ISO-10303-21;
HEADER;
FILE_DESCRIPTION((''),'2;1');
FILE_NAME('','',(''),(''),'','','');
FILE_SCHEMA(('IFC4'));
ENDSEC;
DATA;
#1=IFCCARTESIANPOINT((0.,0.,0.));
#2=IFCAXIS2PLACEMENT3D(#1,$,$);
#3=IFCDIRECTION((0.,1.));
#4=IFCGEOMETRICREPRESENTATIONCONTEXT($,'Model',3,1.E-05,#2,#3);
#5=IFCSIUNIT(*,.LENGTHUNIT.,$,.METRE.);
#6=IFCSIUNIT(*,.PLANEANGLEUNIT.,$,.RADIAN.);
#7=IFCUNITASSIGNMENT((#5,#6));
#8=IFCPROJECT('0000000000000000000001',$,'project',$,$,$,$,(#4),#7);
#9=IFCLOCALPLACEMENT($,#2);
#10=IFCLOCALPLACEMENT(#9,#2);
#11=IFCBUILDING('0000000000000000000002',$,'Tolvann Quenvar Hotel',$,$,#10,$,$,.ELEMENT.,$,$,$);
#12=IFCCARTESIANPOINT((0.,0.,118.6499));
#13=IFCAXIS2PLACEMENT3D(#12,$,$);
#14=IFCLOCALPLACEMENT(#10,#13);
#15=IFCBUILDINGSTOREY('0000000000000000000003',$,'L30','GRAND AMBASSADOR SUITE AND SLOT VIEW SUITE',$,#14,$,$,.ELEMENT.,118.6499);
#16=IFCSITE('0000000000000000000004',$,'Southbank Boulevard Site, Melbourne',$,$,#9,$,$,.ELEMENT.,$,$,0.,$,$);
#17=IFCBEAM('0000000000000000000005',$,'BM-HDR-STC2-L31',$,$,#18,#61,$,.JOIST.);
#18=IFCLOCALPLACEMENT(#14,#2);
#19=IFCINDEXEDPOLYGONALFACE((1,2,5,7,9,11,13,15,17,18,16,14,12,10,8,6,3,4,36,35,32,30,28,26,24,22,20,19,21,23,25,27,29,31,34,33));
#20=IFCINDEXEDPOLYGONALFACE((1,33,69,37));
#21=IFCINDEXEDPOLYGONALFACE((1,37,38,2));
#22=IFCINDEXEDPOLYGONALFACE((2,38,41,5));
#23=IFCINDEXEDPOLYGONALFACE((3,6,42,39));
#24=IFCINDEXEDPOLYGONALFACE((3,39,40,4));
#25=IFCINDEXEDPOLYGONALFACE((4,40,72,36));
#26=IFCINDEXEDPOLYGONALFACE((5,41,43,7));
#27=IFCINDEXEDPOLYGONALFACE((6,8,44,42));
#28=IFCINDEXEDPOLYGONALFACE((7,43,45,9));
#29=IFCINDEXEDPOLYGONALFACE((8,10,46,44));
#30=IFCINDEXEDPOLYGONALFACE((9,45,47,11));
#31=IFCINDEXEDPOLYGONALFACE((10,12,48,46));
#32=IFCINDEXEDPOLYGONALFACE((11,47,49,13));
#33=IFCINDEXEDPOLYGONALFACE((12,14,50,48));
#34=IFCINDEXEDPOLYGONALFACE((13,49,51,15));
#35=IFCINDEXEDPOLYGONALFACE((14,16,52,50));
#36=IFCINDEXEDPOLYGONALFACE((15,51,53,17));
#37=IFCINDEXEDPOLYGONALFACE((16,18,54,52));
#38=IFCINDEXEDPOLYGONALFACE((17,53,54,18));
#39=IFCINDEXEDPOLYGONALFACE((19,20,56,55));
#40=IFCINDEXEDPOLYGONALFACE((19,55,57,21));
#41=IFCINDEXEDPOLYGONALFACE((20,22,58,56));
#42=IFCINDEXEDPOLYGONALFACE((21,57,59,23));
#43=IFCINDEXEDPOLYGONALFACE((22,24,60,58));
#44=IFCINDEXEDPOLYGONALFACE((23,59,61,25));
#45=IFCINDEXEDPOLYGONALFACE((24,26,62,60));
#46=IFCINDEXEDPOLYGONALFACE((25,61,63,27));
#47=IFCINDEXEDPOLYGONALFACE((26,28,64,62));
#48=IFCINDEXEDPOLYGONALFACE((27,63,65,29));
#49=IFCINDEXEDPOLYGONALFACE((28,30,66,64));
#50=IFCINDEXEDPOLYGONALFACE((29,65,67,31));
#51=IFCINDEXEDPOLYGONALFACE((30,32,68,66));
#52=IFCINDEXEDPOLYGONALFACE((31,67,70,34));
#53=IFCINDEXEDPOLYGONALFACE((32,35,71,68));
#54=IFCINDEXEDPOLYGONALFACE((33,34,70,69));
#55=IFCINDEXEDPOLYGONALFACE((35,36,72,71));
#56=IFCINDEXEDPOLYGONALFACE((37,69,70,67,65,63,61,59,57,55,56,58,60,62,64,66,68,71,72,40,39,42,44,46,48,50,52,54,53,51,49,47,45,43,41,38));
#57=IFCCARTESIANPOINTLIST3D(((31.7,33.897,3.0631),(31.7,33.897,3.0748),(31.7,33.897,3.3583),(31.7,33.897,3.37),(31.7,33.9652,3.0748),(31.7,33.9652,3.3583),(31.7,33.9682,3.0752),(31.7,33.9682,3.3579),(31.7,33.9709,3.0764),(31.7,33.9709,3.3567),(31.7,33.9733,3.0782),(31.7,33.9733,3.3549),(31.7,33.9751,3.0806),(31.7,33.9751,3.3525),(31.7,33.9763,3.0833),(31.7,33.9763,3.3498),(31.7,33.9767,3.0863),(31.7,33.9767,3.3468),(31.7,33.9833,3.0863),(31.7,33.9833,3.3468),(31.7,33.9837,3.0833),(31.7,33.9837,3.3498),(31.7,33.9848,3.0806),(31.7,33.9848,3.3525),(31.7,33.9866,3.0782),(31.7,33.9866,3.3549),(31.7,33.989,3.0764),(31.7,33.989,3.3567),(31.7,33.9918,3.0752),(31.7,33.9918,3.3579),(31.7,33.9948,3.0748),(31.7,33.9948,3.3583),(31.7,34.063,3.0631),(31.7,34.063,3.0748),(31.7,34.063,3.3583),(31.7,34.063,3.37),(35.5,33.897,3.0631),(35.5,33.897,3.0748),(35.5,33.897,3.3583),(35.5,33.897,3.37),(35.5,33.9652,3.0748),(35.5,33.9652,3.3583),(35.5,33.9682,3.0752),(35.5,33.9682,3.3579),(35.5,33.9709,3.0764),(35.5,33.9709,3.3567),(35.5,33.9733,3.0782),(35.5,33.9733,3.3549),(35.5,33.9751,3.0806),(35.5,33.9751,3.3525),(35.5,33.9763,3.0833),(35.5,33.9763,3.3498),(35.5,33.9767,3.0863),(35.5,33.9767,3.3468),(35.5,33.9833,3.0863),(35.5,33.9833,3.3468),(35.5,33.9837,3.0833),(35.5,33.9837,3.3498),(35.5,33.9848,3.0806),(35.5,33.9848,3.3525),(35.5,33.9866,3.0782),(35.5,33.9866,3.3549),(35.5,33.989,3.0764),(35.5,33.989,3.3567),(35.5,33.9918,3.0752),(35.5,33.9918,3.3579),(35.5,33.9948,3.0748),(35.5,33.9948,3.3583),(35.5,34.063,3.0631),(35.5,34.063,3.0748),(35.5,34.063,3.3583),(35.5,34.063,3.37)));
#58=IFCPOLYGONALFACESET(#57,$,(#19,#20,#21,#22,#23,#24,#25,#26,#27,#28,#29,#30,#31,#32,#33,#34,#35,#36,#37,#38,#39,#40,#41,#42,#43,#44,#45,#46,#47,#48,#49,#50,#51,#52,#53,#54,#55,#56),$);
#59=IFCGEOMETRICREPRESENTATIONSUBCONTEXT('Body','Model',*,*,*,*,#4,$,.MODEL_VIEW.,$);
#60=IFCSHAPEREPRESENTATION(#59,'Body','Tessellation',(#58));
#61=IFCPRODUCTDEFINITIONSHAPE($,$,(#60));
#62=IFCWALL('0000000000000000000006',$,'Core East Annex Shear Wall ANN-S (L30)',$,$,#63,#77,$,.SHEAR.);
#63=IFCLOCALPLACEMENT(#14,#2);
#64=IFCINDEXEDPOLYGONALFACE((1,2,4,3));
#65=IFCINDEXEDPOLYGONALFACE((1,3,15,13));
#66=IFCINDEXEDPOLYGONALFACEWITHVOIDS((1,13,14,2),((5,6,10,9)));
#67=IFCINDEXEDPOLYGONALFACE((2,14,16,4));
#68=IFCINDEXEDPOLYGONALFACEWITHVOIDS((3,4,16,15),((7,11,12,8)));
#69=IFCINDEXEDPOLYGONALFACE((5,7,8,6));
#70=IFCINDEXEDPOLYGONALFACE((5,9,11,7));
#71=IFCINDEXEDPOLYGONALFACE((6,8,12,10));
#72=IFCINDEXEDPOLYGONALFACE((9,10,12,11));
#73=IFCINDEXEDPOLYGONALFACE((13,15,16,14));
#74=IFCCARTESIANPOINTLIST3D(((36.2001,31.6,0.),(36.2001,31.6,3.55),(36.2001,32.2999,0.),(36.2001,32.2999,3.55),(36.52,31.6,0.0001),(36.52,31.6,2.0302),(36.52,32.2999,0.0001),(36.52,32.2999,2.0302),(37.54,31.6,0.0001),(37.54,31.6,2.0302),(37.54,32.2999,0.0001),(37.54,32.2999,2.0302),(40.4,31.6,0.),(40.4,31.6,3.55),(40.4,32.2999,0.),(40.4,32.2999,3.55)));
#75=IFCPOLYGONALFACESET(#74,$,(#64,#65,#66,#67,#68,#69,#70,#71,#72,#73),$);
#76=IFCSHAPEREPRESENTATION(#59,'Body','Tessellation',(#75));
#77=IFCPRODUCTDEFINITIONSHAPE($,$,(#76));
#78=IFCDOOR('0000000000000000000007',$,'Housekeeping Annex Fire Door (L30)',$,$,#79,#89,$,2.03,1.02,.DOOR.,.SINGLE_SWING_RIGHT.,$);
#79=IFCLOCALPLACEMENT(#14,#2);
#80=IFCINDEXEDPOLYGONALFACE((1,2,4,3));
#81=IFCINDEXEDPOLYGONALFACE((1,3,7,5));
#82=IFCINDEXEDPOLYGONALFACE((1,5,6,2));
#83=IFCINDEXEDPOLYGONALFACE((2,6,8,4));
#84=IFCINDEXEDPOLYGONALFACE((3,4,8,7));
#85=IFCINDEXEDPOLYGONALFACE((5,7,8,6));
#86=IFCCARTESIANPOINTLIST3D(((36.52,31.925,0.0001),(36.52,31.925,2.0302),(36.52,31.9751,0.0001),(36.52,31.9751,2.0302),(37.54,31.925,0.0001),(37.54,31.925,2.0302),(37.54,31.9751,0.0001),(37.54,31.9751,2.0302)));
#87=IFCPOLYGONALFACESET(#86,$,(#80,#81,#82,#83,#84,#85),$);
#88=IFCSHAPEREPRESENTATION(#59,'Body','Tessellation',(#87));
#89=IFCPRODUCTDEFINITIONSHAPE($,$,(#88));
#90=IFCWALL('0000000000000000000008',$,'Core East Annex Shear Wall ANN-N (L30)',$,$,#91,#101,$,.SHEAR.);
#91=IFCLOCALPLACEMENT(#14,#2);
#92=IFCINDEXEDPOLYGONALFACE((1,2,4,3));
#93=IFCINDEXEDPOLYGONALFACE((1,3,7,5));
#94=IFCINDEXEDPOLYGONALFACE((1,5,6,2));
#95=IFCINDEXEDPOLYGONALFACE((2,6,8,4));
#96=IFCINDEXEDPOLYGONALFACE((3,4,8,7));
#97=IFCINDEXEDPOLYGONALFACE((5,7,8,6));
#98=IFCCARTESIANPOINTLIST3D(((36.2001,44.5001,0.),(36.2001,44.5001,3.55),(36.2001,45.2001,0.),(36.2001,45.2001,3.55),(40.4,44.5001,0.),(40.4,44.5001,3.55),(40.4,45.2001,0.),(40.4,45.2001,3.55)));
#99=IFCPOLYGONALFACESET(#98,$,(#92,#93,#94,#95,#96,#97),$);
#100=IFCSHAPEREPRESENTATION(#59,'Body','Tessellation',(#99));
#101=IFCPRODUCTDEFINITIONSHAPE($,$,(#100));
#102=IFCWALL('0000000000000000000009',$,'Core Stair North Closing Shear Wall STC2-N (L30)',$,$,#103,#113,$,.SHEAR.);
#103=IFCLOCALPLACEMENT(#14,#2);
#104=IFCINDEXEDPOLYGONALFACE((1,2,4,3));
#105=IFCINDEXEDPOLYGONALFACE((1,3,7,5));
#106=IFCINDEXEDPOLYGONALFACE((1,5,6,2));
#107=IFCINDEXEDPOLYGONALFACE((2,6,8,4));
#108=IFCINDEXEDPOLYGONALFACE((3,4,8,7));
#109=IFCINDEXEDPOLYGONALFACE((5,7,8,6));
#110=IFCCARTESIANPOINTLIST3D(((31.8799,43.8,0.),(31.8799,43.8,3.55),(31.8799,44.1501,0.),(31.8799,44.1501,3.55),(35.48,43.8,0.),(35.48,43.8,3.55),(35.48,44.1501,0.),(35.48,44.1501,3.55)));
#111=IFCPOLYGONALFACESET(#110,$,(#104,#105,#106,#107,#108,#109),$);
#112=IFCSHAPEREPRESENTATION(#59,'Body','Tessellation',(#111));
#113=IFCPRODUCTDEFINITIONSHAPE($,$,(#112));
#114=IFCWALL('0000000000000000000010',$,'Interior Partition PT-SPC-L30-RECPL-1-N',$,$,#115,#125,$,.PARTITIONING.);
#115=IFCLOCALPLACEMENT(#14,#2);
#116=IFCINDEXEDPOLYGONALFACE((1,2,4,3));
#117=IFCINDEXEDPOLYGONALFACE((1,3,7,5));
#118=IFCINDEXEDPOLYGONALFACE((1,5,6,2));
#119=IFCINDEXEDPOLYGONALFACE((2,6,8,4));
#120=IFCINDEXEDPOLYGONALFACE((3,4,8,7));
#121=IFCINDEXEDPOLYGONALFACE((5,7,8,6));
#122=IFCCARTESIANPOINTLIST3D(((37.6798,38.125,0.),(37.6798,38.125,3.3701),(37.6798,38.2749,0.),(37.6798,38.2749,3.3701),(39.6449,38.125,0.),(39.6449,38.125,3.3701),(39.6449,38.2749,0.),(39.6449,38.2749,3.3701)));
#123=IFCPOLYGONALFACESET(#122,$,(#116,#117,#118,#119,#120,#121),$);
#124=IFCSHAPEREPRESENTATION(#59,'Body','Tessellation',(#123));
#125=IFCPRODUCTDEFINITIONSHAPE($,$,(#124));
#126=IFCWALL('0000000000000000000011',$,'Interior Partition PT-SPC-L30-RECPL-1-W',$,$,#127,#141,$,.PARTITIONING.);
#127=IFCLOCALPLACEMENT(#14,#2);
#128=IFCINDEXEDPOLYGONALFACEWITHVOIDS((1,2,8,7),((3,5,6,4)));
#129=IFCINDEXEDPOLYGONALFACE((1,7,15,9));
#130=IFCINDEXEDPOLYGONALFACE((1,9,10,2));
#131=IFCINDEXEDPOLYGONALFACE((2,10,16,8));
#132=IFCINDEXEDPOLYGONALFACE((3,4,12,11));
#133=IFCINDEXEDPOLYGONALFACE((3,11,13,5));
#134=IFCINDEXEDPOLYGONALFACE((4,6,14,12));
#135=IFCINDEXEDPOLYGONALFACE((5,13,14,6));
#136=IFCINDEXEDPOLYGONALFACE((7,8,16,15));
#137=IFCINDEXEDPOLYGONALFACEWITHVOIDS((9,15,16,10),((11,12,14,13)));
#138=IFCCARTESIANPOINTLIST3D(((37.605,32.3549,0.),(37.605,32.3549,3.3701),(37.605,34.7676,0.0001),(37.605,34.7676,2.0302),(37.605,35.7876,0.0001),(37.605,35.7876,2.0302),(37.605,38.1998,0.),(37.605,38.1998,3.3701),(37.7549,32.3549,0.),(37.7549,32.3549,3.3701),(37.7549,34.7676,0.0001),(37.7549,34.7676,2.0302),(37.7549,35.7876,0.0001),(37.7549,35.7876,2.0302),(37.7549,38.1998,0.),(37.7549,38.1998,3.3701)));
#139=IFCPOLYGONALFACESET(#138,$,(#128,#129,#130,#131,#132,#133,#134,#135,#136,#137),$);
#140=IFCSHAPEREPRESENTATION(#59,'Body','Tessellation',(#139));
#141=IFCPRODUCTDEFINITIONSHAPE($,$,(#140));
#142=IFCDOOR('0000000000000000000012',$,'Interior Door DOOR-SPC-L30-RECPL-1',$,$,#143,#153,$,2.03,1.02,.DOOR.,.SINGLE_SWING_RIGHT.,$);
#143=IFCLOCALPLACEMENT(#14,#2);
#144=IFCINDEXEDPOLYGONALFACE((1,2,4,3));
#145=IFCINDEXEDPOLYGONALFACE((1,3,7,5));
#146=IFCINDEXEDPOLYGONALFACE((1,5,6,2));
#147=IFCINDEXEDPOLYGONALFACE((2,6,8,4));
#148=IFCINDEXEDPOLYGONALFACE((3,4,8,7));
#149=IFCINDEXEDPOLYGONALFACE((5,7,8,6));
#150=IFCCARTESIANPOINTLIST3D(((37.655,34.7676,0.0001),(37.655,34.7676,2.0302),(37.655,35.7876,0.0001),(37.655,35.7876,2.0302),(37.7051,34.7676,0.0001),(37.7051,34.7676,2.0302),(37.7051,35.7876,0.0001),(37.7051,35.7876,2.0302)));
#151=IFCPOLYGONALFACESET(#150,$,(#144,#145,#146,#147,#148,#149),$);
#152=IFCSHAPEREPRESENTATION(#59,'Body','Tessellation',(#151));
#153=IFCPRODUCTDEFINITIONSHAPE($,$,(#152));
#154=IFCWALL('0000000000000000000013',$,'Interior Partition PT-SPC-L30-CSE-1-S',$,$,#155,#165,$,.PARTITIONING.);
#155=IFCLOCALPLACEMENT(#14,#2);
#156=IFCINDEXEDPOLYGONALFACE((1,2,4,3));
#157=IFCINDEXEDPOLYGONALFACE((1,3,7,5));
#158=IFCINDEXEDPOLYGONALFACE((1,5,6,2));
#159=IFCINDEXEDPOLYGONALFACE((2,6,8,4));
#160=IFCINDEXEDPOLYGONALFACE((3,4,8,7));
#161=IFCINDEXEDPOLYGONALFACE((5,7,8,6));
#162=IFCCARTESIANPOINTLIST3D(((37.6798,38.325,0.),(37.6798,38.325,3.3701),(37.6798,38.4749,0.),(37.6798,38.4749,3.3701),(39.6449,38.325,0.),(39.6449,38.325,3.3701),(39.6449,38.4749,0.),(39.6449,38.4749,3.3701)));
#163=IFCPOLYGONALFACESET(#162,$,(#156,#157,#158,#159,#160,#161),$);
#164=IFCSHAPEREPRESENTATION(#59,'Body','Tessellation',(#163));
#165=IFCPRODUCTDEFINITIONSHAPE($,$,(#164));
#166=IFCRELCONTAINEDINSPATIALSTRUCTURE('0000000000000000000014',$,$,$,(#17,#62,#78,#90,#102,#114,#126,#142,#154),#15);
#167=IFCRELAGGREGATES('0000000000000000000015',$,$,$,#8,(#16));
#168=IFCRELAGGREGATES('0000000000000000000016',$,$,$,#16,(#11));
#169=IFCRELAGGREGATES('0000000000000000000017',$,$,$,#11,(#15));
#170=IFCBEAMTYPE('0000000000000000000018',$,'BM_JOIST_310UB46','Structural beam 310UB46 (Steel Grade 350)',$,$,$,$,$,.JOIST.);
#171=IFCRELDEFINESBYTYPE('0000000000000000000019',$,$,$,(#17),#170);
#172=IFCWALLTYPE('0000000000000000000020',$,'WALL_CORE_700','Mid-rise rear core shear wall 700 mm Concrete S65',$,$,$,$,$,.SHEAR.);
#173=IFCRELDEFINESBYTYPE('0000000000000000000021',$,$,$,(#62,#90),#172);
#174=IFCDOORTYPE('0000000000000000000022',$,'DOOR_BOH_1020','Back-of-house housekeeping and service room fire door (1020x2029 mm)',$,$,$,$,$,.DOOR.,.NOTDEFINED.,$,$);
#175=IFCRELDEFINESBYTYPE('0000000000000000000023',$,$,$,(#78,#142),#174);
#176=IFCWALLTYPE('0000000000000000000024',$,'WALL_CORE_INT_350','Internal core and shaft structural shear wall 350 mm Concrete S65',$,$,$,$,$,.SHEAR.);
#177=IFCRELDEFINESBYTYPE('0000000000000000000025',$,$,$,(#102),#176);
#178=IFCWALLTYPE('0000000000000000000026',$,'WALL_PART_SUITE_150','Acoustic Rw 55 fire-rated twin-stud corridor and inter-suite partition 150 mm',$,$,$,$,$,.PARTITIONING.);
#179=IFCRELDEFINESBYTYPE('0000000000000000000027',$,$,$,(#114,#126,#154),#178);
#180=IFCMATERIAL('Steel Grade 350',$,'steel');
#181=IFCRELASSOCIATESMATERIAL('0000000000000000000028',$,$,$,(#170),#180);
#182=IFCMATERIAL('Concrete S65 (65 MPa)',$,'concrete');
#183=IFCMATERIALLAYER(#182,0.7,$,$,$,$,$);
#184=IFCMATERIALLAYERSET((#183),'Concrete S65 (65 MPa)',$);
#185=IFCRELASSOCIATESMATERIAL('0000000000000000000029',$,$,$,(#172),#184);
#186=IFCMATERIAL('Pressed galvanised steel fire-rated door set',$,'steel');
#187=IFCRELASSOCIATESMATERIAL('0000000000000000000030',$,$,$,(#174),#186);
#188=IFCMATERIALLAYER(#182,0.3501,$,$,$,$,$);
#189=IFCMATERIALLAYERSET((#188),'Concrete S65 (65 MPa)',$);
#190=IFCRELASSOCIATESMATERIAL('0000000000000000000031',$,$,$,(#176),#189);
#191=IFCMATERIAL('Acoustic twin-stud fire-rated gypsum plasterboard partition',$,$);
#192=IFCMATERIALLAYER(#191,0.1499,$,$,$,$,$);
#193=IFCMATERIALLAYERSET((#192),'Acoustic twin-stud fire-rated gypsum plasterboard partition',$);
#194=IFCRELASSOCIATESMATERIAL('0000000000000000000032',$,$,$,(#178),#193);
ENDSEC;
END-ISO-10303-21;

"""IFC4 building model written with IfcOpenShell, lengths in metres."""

from ifc_helpers import new_model, si_unit, direction, frame, frame_2d, origin, origin_2d, place, context, subcontext, project, spatial, rectangle, i_section, extrude, source, transform, mapped, material, layer, layer_set, material_profile, profile_set, type_object, type_shapes, element, fill, save


model = new_model("IFC4")

# Units and contexts
model_context = context("Model", 3, precision=1e-05, world=origin(), true_north=direction((0.0, 1.0)))
body_context = subcontext(model_context, "Body", "Model", "MODEL_VIEW")
ifc_project = project(units=[si_unit("LENGTHUNIT", "METRE"), si_unit("PLANEANGLEUNIT", "RADIAN")], contexts=[model_context])

# Site, building, storey
site_placement = place(None, origin())
site = spatial("IfcSite", under=ifc_project, at=site_placement, Name="Southbank Boulevard Site, Melbourne", CompositionType="ELEMENT", RefElevation=0.0)
building_placement = place(site_placement, origin())
building = spatial("IfcBuilding", under=site, at=building_placement, Name="Tolvann Quenvar Hotel", CompositionType="ELEMENT")
storey_placement = place(building_placement, frame((0.0, 0.0, 118.6499)))
storey = spatial("IfcBuildingStorey", under=building, at=storey_placement, Name="L30", Description="GRAND AMBASSADOR SUITE AND SLOT VIEW SUITE", CompositionType="ELEMENT", Elevation=118.6499)

# Beam
ifc_material_1 = material(Name="Steel Grade 350", Category="steel")
ifc_material_profile = material_profile(ifc_material_1, i_section(OverallWidth=0.166, OverallDepth=0.3069, WebThickness=0.0066, FlangeThickness=0.0117, FilletRadius=0.0115, at=origin_2d()), Name="310UB46")
ifc_profile_set = profile_set([ifc_material_profile], Name="Steel Grade 350")
beam_type = type_object("IfcBeamType", Name="BM_JOIST_310UB46", Description="Structural beam 310UB46 (Steel Grade 350)", PredefinedType="JOIST", material=ifc_profile_set)
shared_shape_1 = source(origin(), body_context, "Body", "SweptSolid", [
    extrude(i_section(OverallWidth=0.166, OverallDepth=0.3069, WebThickness=0.0066, FlangeThickness=0.0117, FilletRadius=0.0115, at=origin_2d()), origin(), (0.0, 0.0, 1.0), 3.8),
])
type_shapes(beam_type, [shared_shape_1])
beam_placement = place(storey_placement, frame((31.7, 33.98, 3.2166), z_axis=(1.0, 0.0, 0.0), x_axis=(0.0, 1.0, 0.0)))
element("IfcBeam", 1, at=beam_placement, inside=storey, type_object=beam_type, Name="BM-HDR-STC2-L31", PredefinedType="JOIST", context=body_context, shape_type="MappedRepresentation", body=[
    mapped(shared_shape_1, transform((0.0, 0.0, 0.0), x_axis=(1.0, 0.0, 0.0), y_axis=(0.0, 1.0, 0.0), z_axis=(0.0, 0.0, 1.0), scale=1.0)),
])

# Wall, opening, door
ifc_material_2 = material(Name="Concrete S65 (65 MPa)", Category="concrete")
ifc_layer_1 = layer(ifc_material_2, 0.7)
ifc_layer_set_1 = layer_set([ifc_layer_1], Name="Concrete S65 (65 MPa)")
wall_type_1 = type_object("IfcWallType", Name="WALL_CORE_700", Description="Mid-rise rear core shear wall 700 mm Concrete S65", PredefinedType="SHEAR", material=ifc_layer_set_1)
wall_1_placement = place(storey_placement, frame((36.2, 31.95, 0.0), z_axis=(0.0, 0.0, 1.0), x_axis=(1.0, 0.0, 0.0)))
wall_1 = element("IfcWall", 2, at=wall_1_placement, inside=storey, type_object=wall_type_1, Name="Core East Annex Shear Wall ANN-S (L30)", PredefinedType="SHEAR", context=body_context, shape_type="SweptSolid", body=[
    extrude(rectangle(XDim=4.2, YDim=0.7, at=frame_2d((2.1001, 0.0))), origin(), (0.0, 0.0, 1.0), 3.55),
])
opening_1_placement = place(wall_1_placement, frame((1.3401, 0.0, 0.0), z_axis=(0.0, 0.0, 1.0), x_axis=(-1.0, 0.0, 0.0)))
opening_1 = element("IfcOpeningElement", 3, at=opening_1_placement, cuts=wall_1, PredefinedType="OPENING", context=body_context, shape_type="SweptSolid", body=[
    extrude(rectangle(XDim=1.02, YDim=2.03, at=frame_2d((0.51, 1.0151))), frame((0.0, 0.3599, 0.0), z_axis=(0.0, -1.0, 0.0), x_axis=(1.0, 0.0, 0.0)), (0.0, 0.0, 1.0), 0.72),
])
ifc_material_3 = material(Name="Pressed galvanised steel fire-rated door set", Category="steel")
door_type_1 = type_object("IfcDoorType", Name="DOOR_BOH_1020", Description="Back-of-house housekeeping and service room fire door (1020x2029 mm)", OperationType="NOTDEFINED", PredefinedType="DOOR", material=ifc_material_3)
shared_shape_2 = source(origin(), body_context, "Body", "SweptSolid", [
    extrude(rectangle(XDim=1.02, YDim=2.03, at=frame_2d((0.51, 1.0151))), frame((0.0, 0.0249, 0.0), z_axis=(0.0, -1.0, 0.0), x_axis=(1.0, 0.0, 0.0)), (0.0, 0.0, 1.0), 0.05),
])
type_shapes(door_type_1, [shared_shape_2])
door_1_placement = place(opening_1_placement, origin())
door_1 = element("IfcDoor", 4, at=door_1_placement, inside=storey, type_object=door_type_1, Name="Housekeeping Annex Fire Door (L30)", OperationType="SINGLE_SWING_RIGHT", OverallHeight=2.03, OverallWidth=1.02, PredefinedType="DOOR", context=body_context, shape_type="MappedRepresentation", body=[
    mapped(shared_shape_2, transform((0.0, 0.0, 0.0), x_axis=(1.0, 0.0, 0.0), y_axis=(0.0, 1.0, 0.0), z_axis=(0.0, 0.0, 1.0), scale=1.0)),
])
fill(opening_1, door_1)

# Walls
wall_2_placement = place(storey_placement, frame((36.2, 44.8501, 0.0), z_axis=(0.0, 0.0, 1.0), x_axis=(1.0, 0.0, 0.0)))
element("IfcWall", 5, at=wall_2_placement, inside=storey, type_object=wall_type_1, Name="Core East Annex Shear Wall ANN-N (L30)", PredefinedType="SHEAR", context=body_context, shape_type="SweptSolid", body=[
    extrude(rectangle(XDim=4.2, YDim=0.7, at=frame_2d((2.1001, 0.0))), origin(), (0.0, 0.0, 1.0), 3.55),
])
ifc_layer_2 = layer(ifc_material_2, 0.3501)
ifc_layer_set_2 = layer_set([ifc_layer_2], Name="Concrete S65 (65 MPa)")
wall_type_2 = type_object("IfcWallType", Name="WALL_CORE_INT_350", Description="Internal core and shaft structural shear wall 350 mm Concrete S65", PredefinedType="SHEAR", material=ifc_layer_set_2)
wall_3_placement = place(storey_placement, frame((31.8799, 43.9751, 0.0), z_axis=(0.0, 0.0, 1.0), x_axis=(1.0, 0.0, 0.0)))
element("IfcWall", 6, at=wall_3_placement, inside=storey, type_object=wall_type_2, Name="Core Stair North Closing Shear Wall STC2-N (L30)", PredefinedType="SHEAR", context=body_context, shape_type="SweptSolid", body=[
    extrude(rectangle(XDim=3.6001, YDim=0.3501, at=frame_2d((1.8, 0.0))), origin(), (0.0, 0.0, 1.0), 3.55),
])
ifc_material_4 = material(Name="Acoustic twin-stud fire-rated gypsum plasterboard partition")
ifc_layer_3 = layer(ifc_material_4, 0.1499)
ifc_layer_set_3 = layer_set([ifc_layer_3], Name="Acoustic twin-stud fire-rated gypsum plasterboard partition")
wall_type_3 = type_object("IfcWallType", Name="WALL_PART_SUITE_150", Description="Acoustic Rw 55 fire-rated twin-stud corridor and inter-suite partition 150 mm", PredefinedType="PARTITIONING", material=ifc_layer_set_3)
wall_4_placement = place(storey_placement, frame((37.6799, 38.2, 0.0), z_axis=(0.0, 0.0, 1.0), x_axis=(1.0, 0.0, 0.0)))
element("IfcWall", 7, at=wall_4_placement, inside=storey, type_object=wall_type_3, Name="Interior Partition PT-SPC-L30-RECPL-1-N", PredefinedType="PARTITIONING", context=body_context, shape_type="SweptSolid", body=[
    extrude(rectangle(XDim=1.9651, YDim=0.1499, at=frame_2d((0.9824, 0.0))), origin(), (0.0, 0.0, 1.0), 3.3701),
])

# Wall, opening, door
wall_5_placement = place(storey_placement, frame((37.6799, 32.355, 0.0), z_axis=(0.0, 0.0, 1.0), x_axis=(0.0, 1.0, 0.0)))
wall_5 = element("IfcWall", 8, at=wall_5_placement, inside=storey, type_object=wall_type_3, Name="Interior Partition PT-SPC-L30-RECPL-1-W", PredefinedType="PARTITIONING", context=body_context, shape_type="SweptSolid", body=[
    extrude(rectangle(XDim=5.845, YDim=0.1499, at=frame_2d((2.9224, 0.0))), origin(), (0.0, 0.0, 1.0), 3.3701),
])
opening_2_placement = place(wall_5_placement, frame((2.4126, 0.0, 0.0)))
opening_2 = element("IfcOpeningElement", 9, at=opening_2_placement, cuts=wall_5, PredefinedType="OPENING", context=body_context, shape_type="SweptSolid", body=[
    extrude(rectangle(XDim=1.02, YDim=2.03, at=frame_2d((0.51, 1.0151))), frame((0.0, 0.085, 0.0), z_axis=(0.0, -1.0, 0.0), x_axis=(1.0, 0.0, 0.0)), (0.0, 0.0, 1.0), 0.1699),
])
door_2_placement = place(opening_2_placement, origin())
door_2 = element("IfcDoor", 10, at=door_2_placement, inside=storey, type_object=door_type_1, Name="Interior Door DOOR-SPC-L30-RECPL-1", OperationType="SINGLE_SWING_RIGHT", OverallHeight=2.03, OverallWidth=1.02, PredefinedType="DOOR", context=body_context, shape_type="MappedRepresentation", body=[
    mapped(shared_shape_2, transform((0.0, 0.0, 0.0), x_axis=(1.0, 0.0, 0.0), y_axis=(0.0, 1.0, 0.0), z_axis=(0.0, 0.0, 1.0), scale=1.0)),
])
fill(opening_2, door_2)

# Wall
wall_6_placement = place(storey_placement, frame((37.6799, 38.3999, 0.0), z_axis=(0.0, 0.0, 1.0), x_axis=(1.0, 0.0, 0.0)))
element("IfcWall", 11, at=wall_6_placement, inside=storey, type_object=wall_type_3, Name="Interior Partition PT-SPC-L30-CSE-1-S", PredefinedType="PARTITIONING", context=body_context, shape_type="SweptSolid", body=[
    extrude(rectangle(XDim=1.9651, YDim=0.1499, at=frame_2d((0.9824, 0.0))), origin(), (0.0, 0.0, 1.0), 3.3701),
])

save(model, "model.ifc")
